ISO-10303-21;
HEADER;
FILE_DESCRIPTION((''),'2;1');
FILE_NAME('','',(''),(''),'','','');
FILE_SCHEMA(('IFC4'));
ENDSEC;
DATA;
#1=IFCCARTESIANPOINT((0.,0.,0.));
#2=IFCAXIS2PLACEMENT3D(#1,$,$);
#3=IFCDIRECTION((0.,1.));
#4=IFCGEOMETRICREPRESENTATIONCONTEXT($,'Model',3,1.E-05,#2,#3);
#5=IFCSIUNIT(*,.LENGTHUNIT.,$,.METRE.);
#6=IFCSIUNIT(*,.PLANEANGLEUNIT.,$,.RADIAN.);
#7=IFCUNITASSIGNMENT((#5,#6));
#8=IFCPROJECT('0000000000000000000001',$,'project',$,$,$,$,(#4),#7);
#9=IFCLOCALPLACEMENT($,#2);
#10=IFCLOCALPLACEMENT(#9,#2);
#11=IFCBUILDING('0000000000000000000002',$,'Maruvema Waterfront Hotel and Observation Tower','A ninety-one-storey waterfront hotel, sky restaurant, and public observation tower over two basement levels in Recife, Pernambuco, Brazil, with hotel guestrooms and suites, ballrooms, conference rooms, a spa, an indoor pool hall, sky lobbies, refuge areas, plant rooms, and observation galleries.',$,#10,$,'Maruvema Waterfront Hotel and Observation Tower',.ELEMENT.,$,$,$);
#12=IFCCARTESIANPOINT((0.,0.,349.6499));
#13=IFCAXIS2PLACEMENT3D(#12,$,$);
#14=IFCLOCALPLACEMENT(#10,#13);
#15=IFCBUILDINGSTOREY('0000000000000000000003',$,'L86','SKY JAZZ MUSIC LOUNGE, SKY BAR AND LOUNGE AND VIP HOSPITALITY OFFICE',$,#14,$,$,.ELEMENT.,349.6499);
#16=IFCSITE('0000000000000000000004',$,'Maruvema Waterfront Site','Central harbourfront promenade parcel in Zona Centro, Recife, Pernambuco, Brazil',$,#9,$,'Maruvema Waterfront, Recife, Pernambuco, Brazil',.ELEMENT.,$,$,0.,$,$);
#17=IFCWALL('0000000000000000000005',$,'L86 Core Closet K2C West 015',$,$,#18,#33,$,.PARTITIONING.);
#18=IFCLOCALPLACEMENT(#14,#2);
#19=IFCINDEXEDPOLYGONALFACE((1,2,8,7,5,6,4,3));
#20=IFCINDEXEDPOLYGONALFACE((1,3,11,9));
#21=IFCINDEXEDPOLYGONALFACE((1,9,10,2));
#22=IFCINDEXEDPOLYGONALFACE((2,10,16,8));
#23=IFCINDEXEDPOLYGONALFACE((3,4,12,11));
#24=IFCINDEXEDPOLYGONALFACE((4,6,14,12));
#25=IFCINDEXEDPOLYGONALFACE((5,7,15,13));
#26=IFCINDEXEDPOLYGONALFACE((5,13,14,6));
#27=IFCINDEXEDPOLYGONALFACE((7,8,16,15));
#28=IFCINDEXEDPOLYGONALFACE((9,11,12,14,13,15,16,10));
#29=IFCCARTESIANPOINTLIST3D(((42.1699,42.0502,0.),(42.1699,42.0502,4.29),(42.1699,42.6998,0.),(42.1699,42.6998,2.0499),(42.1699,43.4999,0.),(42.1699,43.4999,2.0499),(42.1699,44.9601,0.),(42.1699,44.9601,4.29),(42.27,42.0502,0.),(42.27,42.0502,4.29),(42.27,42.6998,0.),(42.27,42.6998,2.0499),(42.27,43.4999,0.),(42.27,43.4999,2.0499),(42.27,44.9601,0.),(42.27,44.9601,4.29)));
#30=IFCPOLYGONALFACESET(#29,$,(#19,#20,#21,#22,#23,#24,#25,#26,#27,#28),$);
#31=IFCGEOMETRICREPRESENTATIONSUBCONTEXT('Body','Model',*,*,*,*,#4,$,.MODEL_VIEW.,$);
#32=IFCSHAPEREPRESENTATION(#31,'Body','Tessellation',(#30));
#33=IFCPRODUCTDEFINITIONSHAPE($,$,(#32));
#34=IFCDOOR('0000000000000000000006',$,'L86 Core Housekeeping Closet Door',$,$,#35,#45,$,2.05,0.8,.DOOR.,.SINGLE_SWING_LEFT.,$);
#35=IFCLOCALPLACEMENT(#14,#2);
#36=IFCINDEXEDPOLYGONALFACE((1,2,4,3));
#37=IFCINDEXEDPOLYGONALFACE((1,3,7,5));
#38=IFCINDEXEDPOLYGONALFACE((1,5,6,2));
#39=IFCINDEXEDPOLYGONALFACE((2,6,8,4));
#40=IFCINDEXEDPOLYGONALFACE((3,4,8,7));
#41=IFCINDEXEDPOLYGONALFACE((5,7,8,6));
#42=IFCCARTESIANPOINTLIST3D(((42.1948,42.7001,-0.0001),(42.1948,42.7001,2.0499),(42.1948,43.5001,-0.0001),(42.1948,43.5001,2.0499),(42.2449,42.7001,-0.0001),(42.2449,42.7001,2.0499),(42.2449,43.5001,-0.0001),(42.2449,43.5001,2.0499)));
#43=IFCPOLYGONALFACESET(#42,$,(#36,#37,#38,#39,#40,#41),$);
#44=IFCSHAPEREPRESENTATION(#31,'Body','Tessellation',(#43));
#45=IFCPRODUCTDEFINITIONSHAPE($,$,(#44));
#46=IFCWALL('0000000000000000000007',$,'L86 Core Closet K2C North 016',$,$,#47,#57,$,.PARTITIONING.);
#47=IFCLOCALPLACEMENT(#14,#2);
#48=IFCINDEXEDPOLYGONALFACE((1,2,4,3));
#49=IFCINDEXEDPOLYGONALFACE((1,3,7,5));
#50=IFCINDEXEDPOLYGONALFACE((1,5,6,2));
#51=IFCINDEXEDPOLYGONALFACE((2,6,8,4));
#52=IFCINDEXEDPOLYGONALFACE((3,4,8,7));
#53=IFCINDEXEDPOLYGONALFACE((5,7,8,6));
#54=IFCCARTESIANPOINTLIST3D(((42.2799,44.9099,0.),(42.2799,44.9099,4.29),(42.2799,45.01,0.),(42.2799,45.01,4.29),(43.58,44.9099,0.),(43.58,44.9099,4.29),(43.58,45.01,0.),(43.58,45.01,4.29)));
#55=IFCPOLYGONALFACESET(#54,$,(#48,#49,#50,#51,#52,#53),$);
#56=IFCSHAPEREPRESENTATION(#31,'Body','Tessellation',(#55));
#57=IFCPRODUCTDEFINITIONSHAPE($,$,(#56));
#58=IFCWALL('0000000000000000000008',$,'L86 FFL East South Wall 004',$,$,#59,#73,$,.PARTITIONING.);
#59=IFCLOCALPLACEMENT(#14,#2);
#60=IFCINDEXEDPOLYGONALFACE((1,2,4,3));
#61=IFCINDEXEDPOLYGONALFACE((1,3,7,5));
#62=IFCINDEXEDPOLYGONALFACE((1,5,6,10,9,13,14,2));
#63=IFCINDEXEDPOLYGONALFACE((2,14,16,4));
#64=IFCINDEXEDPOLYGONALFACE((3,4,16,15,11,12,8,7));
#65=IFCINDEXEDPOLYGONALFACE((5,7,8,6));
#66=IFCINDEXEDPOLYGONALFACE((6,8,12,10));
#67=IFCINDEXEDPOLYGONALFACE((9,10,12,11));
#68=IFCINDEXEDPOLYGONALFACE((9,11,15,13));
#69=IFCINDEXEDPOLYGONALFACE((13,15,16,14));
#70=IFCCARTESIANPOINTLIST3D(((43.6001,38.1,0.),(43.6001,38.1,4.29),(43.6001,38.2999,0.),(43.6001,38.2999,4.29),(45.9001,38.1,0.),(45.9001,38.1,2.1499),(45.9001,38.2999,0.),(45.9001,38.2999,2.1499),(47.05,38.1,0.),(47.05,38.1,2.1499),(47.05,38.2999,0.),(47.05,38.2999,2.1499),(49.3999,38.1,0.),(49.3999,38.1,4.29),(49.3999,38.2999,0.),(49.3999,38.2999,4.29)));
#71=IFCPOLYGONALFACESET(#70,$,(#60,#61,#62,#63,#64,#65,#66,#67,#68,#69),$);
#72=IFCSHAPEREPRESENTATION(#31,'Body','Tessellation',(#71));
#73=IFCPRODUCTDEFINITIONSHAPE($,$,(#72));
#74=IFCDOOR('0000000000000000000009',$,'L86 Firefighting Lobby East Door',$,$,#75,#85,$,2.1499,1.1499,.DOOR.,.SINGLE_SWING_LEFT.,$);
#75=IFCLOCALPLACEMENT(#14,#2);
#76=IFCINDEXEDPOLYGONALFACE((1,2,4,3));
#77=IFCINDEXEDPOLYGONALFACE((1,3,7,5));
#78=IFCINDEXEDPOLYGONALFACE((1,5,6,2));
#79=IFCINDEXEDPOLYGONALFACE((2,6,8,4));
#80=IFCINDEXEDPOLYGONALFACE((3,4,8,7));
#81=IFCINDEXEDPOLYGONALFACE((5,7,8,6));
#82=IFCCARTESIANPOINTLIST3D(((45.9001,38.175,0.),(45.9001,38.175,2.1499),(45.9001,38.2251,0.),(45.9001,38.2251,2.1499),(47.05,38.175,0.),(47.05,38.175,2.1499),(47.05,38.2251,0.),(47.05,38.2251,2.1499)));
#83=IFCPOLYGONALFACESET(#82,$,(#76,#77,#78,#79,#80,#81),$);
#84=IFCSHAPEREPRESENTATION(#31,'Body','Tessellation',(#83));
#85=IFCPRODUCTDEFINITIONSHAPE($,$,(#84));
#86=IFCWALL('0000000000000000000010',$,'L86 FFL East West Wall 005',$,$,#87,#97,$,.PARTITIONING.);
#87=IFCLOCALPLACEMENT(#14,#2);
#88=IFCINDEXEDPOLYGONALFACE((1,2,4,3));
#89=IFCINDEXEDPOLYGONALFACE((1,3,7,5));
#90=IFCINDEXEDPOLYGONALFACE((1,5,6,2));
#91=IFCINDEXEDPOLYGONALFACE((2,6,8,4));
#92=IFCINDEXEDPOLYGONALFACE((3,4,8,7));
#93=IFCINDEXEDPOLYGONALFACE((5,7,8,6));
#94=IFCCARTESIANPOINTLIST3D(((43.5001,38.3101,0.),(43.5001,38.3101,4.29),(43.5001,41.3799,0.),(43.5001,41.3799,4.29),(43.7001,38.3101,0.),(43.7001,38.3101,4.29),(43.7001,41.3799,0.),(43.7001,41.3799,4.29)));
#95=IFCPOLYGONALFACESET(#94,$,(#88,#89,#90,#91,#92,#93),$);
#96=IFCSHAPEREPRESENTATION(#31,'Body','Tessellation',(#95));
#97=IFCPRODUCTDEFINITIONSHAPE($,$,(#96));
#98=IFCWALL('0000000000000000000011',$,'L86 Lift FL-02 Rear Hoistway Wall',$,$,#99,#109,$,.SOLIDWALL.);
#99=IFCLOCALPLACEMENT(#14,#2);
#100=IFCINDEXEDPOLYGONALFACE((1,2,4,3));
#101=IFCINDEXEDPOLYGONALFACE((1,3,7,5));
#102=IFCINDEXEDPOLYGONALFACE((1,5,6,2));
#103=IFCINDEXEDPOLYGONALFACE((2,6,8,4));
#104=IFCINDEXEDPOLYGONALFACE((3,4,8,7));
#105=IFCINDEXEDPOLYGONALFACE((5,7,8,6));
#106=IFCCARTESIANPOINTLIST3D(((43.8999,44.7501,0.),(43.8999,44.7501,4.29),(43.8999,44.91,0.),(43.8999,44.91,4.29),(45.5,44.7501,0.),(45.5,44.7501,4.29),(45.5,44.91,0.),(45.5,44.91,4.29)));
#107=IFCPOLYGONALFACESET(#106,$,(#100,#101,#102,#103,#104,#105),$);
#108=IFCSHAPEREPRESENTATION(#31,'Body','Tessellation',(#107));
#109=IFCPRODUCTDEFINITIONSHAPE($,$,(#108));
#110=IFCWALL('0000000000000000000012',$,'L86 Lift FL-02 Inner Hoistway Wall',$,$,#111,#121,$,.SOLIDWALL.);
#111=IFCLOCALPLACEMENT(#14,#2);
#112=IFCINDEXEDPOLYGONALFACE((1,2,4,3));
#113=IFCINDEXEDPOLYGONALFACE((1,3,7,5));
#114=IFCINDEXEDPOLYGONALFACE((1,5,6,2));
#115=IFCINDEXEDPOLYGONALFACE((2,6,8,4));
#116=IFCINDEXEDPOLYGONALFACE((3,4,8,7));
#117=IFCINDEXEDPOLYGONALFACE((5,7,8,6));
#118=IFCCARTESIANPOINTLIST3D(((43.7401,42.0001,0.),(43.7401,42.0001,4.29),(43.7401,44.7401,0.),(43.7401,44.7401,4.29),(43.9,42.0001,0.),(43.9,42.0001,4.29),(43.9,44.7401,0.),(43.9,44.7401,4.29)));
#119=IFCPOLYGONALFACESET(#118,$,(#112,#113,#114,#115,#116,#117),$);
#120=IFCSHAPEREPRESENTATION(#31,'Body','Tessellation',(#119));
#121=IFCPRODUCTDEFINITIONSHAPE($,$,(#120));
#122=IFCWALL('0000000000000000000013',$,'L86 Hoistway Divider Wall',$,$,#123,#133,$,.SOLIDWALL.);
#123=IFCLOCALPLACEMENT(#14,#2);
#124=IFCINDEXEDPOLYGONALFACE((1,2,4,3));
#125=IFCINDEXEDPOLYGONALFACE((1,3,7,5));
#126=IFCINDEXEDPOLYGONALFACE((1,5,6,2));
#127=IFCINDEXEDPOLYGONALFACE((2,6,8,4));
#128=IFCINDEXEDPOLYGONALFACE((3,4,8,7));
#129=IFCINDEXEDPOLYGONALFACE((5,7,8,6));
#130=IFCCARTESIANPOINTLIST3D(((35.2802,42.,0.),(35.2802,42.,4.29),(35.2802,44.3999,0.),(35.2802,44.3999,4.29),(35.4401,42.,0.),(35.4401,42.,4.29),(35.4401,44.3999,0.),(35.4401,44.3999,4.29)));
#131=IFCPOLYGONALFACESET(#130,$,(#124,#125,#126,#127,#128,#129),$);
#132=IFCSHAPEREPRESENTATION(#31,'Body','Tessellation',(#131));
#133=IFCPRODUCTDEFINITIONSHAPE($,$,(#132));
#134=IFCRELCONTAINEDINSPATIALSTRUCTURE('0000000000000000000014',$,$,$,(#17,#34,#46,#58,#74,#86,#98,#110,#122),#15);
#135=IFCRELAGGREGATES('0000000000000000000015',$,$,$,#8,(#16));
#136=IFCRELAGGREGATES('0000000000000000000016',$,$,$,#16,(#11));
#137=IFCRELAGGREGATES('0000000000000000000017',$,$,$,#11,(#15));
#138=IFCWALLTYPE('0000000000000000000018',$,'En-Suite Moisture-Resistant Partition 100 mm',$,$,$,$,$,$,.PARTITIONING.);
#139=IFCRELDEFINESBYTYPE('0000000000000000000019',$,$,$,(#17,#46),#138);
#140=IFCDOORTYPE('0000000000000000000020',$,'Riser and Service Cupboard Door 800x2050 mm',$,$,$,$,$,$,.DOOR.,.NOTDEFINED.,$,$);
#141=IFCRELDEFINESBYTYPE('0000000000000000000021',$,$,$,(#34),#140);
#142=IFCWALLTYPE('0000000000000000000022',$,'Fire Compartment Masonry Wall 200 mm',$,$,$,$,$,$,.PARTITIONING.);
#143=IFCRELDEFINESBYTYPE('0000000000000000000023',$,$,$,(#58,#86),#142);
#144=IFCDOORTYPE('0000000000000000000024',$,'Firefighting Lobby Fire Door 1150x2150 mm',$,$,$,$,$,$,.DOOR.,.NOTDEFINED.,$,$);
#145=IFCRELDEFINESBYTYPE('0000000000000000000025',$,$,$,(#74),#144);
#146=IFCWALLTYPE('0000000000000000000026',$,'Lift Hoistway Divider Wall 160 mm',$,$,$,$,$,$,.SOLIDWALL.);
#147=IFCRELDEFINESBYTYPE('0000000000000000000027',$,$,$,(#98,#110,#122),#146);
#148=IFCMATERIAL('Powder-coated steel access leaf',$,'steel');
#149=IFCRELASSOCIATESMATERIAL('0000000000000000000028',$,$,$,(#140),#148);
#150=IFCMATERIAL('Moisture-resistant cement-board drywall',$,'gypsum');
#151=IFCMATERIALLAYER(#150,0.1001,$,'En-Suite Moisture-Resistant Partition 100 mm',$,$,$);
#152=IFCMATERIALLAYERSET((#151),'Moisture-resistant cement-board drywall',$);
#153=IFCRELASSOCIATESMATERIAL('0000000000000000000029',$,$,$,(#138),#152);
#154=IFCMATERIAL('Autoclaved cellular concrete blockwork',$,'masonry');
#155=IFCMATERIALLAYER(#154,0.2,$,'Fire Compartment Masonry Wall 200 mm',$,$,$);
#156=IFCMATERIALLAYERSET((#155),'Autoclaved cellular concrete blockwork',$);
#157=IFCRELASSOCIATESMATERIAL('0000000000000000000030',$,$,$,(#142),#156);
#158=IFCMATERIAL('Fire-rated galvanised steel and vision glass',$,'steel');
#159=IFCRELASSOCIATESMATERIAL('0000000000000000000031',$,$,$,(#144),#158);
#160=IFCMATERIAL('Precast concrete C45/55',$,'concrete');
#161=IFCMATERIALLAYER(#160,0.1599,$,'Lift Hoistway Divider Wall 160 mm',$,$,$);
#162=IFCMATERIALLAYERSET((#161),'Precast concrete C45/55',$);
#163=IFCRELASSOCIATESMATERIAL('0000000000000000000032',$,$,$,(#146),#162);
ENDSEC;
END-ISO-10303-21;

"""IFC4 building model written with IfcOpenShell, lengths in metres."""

from ifc_helpers import new_model, si_unit, direction, frame, frame_2d, origin, place, context, subcontext, project, spatial, rectangle, extrude, material, layer, layer_set, type_object, element, fill, save


model = new_model("IFC4")

# Units and contexts
model_context = context("Model", 3, precision=1e-05, world=origin(), true_north=direction((0.0, 1.0)))
body_context = subcontext(model_context, "Body", "Model", "MODEL_VIEW")
ifc_project = project(units=[si_unit("LENGTHUNIT", "METRE"), si_unit("PLANEANGLEUNIT", "RADIAN")], contexts=[model_context])

# Site, building, storey
site_placement = place(None, origin())
site = spatial("IfcSite", under=ifc_project, at=site_placement, Name="Maruvema Waterfront Site", Description="Central harbourfront promenade parcel in Zona Centro, Recife, Pernambuco, Brazil", LongName="Maruvema Waterfront, Recife, Pernambuco, Brazil", CompositionType="ELEMENT", RefElevation=0.0)
building_placement = place(site_placement, origin())
building = spatial("IfcBuilding", under=site, at=building_placement, Name="Maruvema Waterfront Hotel and Observation Tower", Description="A ninety-one-storey waterfront hotel, sky restaurant, and public observation tower over two basement levels in Recife, Pernambuco, Brazil, with hotel guestrooms and suites, ballrooms, conference rooms, a spa, an indoor pool hall, sky lobbies, refuge areas, plant rooms, and observation galleries.", LongName="Maruvema Waterfront Hotel and Observation Tower", CompositionType="ELEMENT")
storey_placement = place(building_placement, frame((0.0, 0.0, 349.6499)))
storey = spatial("IfcBuildingStorey", under=building, at=storey_placement, Name="L86", Description="SKY JAZZ MUSIC LOUNGE, SKY BAR AND LOUNGE AND VIP HOSPITALITY OFFICE", CompositionType="ELEMENT", Elevation=349.6499)

# Shared definitions
ifc_material_1 = material(Name="Powder-coated steel access leaf", Category="steel")
door_type_1 = type_object("IfcDoorType", Name="Riser and Service Cupboard Door 800x2050 mm", OperationType="NOTDEFINED", PredefinedType="DOOR", material=ifc_material_1)

# Shared definitions
ifc_material_2 = material(Name="Moisture-resistant cement-board drywall", Category="gypsum")
ifc_layer_1 = layer(ifc_material_2, 0.1001, Name="En-Suite Moisture-Resistant Partition 100 mm")
ifc_layer_set_1 = layer_set([ifc_layer_1], Name="Moisture-resistant cement-board drywall")
wall_type_1 = type_object("IfcWallType", Name="En-Suite Moisture-Resistant Partition 100 mm", PredefinedType="PARTITIONING", material=ifc_layer_set_1)

# Wall, opening, door
wall_1_placement = place(storey_placement, frame((42.22, 42.05, 0.0), z_axis=(0.0, 0.0, 1.0), x_axis=(0.0, 1.0, 0.0)))
wall_1 = element("IfcWall", 1, at=wall_1_placement, inside=storey, type_object=wall_type_1, Name="L86 Core Closet K2C West 015", PredefinedType="PARTITIONING", context=body_context, shape_type="SweptSolid", body=[
    extrude(rectangle(XDim=2.9099, YDim=0.1001, at=frame_2d((1.4551, 0.0))), origin(), (0.0, 0.0, 1.0), 4.29),
])
opening_1_placement = place(wall_1_placement, frame((0.6499, 0.0, 0.0)))
opening_1 = element("IfcOpeningElement", 2, at=opening_1_placement, cuts=wall_1, PredefinedType="OPENING", context=body_context, shape_type="SweptSolid", body=[
    extrude(rectangle(XDim=0.8, YDim=2.05, at=frame_2d((0.3999, 1.0249))), frame((0.0, 0.0601, 0.0), z_axis=(0.0, -1.0, 0.0), x_axis=(1.0, 0.0, 0.0)), (0.0, 0.0, 1.0), 0.1201),
])
door_1_placement = place(opening_1_placement, frame((0.8, 0.0, 0.0), z_axis=(0.0, 0.0, 1.0), x_axis=(-1.0, 0.0, 0.0)))
door_1 = element("IfcDoor", 3, at=door_1_placement, inside=storey, type_object=door_type_1, Name="L86 Core Housekeeping Closet Door", OperationType="SINGLE_SWING_LEFT", OverallHeight=2.05, OverallWidth=0.8, PredefinedType="DOOR", context=body_context, shape_type="SweptSolid", body=[
    extrude(rectangle(XDim=0.8, YDim=2.05, at=frame_2d((0.3999, 1.0249))), frame((0.0, 0.0249, 0.0), z_axis=(0.0, -1.0, 0.0), x_axis=(1.0, 0.0, 0.0)), (0.0, 0.0, 1.0), 0.05),
])
fill(opening_1, door_1)

# Wall
wall_2_placement = place(storey_placement, frame((42.28, 44.96, 0.0), z_axis=(0.0, 0.0, 1.0), x_axis=(1.0, 0.0, 0.0)))
element("IfcWall", 4, at=wall_2_placement, inside=storey, type_object=wall_type_1, Name="L86 Core Closet K2C North 016", PredefinedType="PARTITIONING", context=body_context, shape_type="SweptSolid", body=[
    extrude(rectangle(XDim=1.3, YDim=0.1001, at=frame_2d((0.6499, 0.0))), origin(), (0.0, 0.0, 1.0), 4.29),
])

# Wall, opening, door
ifc_material_3 = material(Name="Autoclaved cellular concrete blockwork", Category="masonry")
ifc_layer_2 = layer(ifc_material_3, 0.2, Name="Fire Compartment Masonry Wall 200 mm")
ifc_layer_set_2 = layer_set([ifc_layer_2], Name="Autoclaved cellular concrete blockwork")
wall_type_2 = type_object("IfcWallType", Name="Fire Compartment Masonry Wall 200 mm", PredefinedType="PARTITIONING", material=ifc_layer_set_2)
wall_3_placement = place(storey_placement, frame((43.6001, 38.2, 0.0), z_axis=(0.0, 0.0, 1.0), x_axis=(1.0, 0.0, 0.0)))
wall_3 = element("IfcWall", 5, at=wall_3_placement, inside=storey, type_object=wall_type_2, Name="L86 FFL East South Wall 004", PredefinedType="PARTITIONING", context=body_context, shape_type="SweptSolid", body=[
    extrude(rectangle(XDim=5.7998, YDim=0.2, at=frame_2d((2.8999, 0.0))), origin(), (0.0, 0.0, 1.0), 4.29),
])
opening_2_placement = place(wall_3_placement, frame((2.3, 0.0, 0.0)))
opening_2 = element("IfcOpeningElement", 6, at=opening_2_placement, cuts=wall_3, PredefinedType="OPENING", context=body_context, shape_type="SweptSolid", body=[
    extrude(rectangle(XDim=1.1499, YDim=2.1499, at=frame_2d((0.575, 1.075))), frame((0.0, 0.1099, 0.0), z_axis=(0.0, -1.0, 0.0), x_axis=(1.0, 0.0, 0.0)), (0.0, 0.0, 1.0), 0.22),
])
ifc_material_4 = material(Name="Fire-rated galvanised steel and vision glass", Category="steel")
door_type_2 = type_object("IfcDoorType", Name="Firefighting Lobby Fire Door 1150x2150 mm", OperationType="NOTDEFINED", PredefinedType="DOOR", material=ifc_material_4)
door_2_placement = place(opening_2_placement, frame((1.1499, 0.0, 0.0), z_axis=(0.0, 0.0, 1.0), x_axis=(-1.0, 0.0, 0.0)))
door_2 = element("IfcDoor", 7, at=door_2_placement, inside=storey, type_object=door_type_2, Name="L86 Firefighting Lobby East Door", OperationType="SINGLE_SWING_LEFT", OverallHeight=2.1499, OverallWidth=1.1499, PredefinedType="DOOR", context=body_context, shape_type="SweptSolid", body=[
    extrude(rectangle(XDim=1.1499, YDim=2.1499, at=frame_2d((0.575, 1.075))), frame((0.0, 0.0249, 0.0), z_axis=(0.0, -1.0, 0.0), x_axis=(1.0, 0.0, 0.0)), (0.0, 0.0, 1.0), 0.05),
])
fill(opening_2, door_2)

# Walls
wall_4_placement = place(storey_placement, frame((43.6001, 38.3101, 0.0), z_axis=(0.0, 0.0, 1.0), x_axis=(0.0, 1.0, 0.0)))
element("IfcWall", 8, at=wall_4_placement, inside=storey, type_object=wall_type_2, Name="L86 FFL East West Wall 005", PredefinedType="PARTITIONING", context=body_context, shape_type="SweptSolid", body=[
    extrude(rectangle(XDim=3.0698, YDim=0.2, at=frame_2d((1.5349, 0.0))), origin(), (0.0, 0.0, 1.0), 4.29),
])
ifc_material_5 = material(Name="Precast concrete C45/55", Category="concrete")
ifc_layer_3 = layer(ifc_material_5, 0.1599, Name="Lift Hoistway Divider Wall 160 mm")
ifc_layer_set_3 = layer_set([ifc_layer_3], Name="Precast concrete C45/55")
wall_type_3 = type_object("IfcWallType", Name="Lift Hoistway Divider Wall 160 mm", PredefinedType="SOLIDWALL", material=ifc_layer_set_3)
wall_5_placement = place(storey_placement, frame((43.8999, 44.8301, 0.0), z_axis=(0.0, 0.0, 1.0), x_axis=(1.0, 0.0, 0.0)))
element("IfcWall", 9, at=wall_5_placement, inside=storey, type_object=wall_type_3, Name="L86 Lift FL-02 Rear Hoistway Wall", PredefinedType="SOLIDWALL", context=body_context, shape_type="SweptSolid", body=[
    extrude(rectangle(XDim=1.6001, YDim=0.1599, at=frame_2d((0.8, 0.0))), origin(), (0.0, 0.0, 1.0), 4.29),
])
wall_6_placement = place(storey_placement, frame((43.8201, 42.0, 0.0), z_axis=(0.0, 0.0, 1.0), x_axis=(0.0, 1.0, 0.0)))
element("IfcWall", 10, at=wall_6_placement, inside=storey, type_object=wall_type_3, Name="L86 Lift FL-02 Inner Hoistway Wall", PredefinedType="SOLIDWALL", context=body_context, shape_type="SweptSolid", body=[
    extrude(rectangle(XDim=2.74, YDim=0.1599, at=frame_2d((1.3701, 0.0))), origin(), (0.0, 0.0, 1.0), 4.29),
])
wall_7_placement = place(storey_placement, frame((35.3601, 42.0, 0.0), z_axis=(0.0, 0.0, 1.0), x_axis=(0.0, 1.0, 0.0)))
element("IfcWall", 11, at=wall_7_placement, inside=storey, type_object=wall_type_3, Name="L86 Hoistway Divider Wall", PredefinedType="SOLIDWALL", context=body_context, shape_type="SweptSolid", body=[
    extrude(rectangle(XDim=2.3999, YDim=0.1599, at=frame_2d((1.2, 0.0))), origin(), (0.0, 0.0, 1.0), 4.29),
])

save(model, "model.ifc")
